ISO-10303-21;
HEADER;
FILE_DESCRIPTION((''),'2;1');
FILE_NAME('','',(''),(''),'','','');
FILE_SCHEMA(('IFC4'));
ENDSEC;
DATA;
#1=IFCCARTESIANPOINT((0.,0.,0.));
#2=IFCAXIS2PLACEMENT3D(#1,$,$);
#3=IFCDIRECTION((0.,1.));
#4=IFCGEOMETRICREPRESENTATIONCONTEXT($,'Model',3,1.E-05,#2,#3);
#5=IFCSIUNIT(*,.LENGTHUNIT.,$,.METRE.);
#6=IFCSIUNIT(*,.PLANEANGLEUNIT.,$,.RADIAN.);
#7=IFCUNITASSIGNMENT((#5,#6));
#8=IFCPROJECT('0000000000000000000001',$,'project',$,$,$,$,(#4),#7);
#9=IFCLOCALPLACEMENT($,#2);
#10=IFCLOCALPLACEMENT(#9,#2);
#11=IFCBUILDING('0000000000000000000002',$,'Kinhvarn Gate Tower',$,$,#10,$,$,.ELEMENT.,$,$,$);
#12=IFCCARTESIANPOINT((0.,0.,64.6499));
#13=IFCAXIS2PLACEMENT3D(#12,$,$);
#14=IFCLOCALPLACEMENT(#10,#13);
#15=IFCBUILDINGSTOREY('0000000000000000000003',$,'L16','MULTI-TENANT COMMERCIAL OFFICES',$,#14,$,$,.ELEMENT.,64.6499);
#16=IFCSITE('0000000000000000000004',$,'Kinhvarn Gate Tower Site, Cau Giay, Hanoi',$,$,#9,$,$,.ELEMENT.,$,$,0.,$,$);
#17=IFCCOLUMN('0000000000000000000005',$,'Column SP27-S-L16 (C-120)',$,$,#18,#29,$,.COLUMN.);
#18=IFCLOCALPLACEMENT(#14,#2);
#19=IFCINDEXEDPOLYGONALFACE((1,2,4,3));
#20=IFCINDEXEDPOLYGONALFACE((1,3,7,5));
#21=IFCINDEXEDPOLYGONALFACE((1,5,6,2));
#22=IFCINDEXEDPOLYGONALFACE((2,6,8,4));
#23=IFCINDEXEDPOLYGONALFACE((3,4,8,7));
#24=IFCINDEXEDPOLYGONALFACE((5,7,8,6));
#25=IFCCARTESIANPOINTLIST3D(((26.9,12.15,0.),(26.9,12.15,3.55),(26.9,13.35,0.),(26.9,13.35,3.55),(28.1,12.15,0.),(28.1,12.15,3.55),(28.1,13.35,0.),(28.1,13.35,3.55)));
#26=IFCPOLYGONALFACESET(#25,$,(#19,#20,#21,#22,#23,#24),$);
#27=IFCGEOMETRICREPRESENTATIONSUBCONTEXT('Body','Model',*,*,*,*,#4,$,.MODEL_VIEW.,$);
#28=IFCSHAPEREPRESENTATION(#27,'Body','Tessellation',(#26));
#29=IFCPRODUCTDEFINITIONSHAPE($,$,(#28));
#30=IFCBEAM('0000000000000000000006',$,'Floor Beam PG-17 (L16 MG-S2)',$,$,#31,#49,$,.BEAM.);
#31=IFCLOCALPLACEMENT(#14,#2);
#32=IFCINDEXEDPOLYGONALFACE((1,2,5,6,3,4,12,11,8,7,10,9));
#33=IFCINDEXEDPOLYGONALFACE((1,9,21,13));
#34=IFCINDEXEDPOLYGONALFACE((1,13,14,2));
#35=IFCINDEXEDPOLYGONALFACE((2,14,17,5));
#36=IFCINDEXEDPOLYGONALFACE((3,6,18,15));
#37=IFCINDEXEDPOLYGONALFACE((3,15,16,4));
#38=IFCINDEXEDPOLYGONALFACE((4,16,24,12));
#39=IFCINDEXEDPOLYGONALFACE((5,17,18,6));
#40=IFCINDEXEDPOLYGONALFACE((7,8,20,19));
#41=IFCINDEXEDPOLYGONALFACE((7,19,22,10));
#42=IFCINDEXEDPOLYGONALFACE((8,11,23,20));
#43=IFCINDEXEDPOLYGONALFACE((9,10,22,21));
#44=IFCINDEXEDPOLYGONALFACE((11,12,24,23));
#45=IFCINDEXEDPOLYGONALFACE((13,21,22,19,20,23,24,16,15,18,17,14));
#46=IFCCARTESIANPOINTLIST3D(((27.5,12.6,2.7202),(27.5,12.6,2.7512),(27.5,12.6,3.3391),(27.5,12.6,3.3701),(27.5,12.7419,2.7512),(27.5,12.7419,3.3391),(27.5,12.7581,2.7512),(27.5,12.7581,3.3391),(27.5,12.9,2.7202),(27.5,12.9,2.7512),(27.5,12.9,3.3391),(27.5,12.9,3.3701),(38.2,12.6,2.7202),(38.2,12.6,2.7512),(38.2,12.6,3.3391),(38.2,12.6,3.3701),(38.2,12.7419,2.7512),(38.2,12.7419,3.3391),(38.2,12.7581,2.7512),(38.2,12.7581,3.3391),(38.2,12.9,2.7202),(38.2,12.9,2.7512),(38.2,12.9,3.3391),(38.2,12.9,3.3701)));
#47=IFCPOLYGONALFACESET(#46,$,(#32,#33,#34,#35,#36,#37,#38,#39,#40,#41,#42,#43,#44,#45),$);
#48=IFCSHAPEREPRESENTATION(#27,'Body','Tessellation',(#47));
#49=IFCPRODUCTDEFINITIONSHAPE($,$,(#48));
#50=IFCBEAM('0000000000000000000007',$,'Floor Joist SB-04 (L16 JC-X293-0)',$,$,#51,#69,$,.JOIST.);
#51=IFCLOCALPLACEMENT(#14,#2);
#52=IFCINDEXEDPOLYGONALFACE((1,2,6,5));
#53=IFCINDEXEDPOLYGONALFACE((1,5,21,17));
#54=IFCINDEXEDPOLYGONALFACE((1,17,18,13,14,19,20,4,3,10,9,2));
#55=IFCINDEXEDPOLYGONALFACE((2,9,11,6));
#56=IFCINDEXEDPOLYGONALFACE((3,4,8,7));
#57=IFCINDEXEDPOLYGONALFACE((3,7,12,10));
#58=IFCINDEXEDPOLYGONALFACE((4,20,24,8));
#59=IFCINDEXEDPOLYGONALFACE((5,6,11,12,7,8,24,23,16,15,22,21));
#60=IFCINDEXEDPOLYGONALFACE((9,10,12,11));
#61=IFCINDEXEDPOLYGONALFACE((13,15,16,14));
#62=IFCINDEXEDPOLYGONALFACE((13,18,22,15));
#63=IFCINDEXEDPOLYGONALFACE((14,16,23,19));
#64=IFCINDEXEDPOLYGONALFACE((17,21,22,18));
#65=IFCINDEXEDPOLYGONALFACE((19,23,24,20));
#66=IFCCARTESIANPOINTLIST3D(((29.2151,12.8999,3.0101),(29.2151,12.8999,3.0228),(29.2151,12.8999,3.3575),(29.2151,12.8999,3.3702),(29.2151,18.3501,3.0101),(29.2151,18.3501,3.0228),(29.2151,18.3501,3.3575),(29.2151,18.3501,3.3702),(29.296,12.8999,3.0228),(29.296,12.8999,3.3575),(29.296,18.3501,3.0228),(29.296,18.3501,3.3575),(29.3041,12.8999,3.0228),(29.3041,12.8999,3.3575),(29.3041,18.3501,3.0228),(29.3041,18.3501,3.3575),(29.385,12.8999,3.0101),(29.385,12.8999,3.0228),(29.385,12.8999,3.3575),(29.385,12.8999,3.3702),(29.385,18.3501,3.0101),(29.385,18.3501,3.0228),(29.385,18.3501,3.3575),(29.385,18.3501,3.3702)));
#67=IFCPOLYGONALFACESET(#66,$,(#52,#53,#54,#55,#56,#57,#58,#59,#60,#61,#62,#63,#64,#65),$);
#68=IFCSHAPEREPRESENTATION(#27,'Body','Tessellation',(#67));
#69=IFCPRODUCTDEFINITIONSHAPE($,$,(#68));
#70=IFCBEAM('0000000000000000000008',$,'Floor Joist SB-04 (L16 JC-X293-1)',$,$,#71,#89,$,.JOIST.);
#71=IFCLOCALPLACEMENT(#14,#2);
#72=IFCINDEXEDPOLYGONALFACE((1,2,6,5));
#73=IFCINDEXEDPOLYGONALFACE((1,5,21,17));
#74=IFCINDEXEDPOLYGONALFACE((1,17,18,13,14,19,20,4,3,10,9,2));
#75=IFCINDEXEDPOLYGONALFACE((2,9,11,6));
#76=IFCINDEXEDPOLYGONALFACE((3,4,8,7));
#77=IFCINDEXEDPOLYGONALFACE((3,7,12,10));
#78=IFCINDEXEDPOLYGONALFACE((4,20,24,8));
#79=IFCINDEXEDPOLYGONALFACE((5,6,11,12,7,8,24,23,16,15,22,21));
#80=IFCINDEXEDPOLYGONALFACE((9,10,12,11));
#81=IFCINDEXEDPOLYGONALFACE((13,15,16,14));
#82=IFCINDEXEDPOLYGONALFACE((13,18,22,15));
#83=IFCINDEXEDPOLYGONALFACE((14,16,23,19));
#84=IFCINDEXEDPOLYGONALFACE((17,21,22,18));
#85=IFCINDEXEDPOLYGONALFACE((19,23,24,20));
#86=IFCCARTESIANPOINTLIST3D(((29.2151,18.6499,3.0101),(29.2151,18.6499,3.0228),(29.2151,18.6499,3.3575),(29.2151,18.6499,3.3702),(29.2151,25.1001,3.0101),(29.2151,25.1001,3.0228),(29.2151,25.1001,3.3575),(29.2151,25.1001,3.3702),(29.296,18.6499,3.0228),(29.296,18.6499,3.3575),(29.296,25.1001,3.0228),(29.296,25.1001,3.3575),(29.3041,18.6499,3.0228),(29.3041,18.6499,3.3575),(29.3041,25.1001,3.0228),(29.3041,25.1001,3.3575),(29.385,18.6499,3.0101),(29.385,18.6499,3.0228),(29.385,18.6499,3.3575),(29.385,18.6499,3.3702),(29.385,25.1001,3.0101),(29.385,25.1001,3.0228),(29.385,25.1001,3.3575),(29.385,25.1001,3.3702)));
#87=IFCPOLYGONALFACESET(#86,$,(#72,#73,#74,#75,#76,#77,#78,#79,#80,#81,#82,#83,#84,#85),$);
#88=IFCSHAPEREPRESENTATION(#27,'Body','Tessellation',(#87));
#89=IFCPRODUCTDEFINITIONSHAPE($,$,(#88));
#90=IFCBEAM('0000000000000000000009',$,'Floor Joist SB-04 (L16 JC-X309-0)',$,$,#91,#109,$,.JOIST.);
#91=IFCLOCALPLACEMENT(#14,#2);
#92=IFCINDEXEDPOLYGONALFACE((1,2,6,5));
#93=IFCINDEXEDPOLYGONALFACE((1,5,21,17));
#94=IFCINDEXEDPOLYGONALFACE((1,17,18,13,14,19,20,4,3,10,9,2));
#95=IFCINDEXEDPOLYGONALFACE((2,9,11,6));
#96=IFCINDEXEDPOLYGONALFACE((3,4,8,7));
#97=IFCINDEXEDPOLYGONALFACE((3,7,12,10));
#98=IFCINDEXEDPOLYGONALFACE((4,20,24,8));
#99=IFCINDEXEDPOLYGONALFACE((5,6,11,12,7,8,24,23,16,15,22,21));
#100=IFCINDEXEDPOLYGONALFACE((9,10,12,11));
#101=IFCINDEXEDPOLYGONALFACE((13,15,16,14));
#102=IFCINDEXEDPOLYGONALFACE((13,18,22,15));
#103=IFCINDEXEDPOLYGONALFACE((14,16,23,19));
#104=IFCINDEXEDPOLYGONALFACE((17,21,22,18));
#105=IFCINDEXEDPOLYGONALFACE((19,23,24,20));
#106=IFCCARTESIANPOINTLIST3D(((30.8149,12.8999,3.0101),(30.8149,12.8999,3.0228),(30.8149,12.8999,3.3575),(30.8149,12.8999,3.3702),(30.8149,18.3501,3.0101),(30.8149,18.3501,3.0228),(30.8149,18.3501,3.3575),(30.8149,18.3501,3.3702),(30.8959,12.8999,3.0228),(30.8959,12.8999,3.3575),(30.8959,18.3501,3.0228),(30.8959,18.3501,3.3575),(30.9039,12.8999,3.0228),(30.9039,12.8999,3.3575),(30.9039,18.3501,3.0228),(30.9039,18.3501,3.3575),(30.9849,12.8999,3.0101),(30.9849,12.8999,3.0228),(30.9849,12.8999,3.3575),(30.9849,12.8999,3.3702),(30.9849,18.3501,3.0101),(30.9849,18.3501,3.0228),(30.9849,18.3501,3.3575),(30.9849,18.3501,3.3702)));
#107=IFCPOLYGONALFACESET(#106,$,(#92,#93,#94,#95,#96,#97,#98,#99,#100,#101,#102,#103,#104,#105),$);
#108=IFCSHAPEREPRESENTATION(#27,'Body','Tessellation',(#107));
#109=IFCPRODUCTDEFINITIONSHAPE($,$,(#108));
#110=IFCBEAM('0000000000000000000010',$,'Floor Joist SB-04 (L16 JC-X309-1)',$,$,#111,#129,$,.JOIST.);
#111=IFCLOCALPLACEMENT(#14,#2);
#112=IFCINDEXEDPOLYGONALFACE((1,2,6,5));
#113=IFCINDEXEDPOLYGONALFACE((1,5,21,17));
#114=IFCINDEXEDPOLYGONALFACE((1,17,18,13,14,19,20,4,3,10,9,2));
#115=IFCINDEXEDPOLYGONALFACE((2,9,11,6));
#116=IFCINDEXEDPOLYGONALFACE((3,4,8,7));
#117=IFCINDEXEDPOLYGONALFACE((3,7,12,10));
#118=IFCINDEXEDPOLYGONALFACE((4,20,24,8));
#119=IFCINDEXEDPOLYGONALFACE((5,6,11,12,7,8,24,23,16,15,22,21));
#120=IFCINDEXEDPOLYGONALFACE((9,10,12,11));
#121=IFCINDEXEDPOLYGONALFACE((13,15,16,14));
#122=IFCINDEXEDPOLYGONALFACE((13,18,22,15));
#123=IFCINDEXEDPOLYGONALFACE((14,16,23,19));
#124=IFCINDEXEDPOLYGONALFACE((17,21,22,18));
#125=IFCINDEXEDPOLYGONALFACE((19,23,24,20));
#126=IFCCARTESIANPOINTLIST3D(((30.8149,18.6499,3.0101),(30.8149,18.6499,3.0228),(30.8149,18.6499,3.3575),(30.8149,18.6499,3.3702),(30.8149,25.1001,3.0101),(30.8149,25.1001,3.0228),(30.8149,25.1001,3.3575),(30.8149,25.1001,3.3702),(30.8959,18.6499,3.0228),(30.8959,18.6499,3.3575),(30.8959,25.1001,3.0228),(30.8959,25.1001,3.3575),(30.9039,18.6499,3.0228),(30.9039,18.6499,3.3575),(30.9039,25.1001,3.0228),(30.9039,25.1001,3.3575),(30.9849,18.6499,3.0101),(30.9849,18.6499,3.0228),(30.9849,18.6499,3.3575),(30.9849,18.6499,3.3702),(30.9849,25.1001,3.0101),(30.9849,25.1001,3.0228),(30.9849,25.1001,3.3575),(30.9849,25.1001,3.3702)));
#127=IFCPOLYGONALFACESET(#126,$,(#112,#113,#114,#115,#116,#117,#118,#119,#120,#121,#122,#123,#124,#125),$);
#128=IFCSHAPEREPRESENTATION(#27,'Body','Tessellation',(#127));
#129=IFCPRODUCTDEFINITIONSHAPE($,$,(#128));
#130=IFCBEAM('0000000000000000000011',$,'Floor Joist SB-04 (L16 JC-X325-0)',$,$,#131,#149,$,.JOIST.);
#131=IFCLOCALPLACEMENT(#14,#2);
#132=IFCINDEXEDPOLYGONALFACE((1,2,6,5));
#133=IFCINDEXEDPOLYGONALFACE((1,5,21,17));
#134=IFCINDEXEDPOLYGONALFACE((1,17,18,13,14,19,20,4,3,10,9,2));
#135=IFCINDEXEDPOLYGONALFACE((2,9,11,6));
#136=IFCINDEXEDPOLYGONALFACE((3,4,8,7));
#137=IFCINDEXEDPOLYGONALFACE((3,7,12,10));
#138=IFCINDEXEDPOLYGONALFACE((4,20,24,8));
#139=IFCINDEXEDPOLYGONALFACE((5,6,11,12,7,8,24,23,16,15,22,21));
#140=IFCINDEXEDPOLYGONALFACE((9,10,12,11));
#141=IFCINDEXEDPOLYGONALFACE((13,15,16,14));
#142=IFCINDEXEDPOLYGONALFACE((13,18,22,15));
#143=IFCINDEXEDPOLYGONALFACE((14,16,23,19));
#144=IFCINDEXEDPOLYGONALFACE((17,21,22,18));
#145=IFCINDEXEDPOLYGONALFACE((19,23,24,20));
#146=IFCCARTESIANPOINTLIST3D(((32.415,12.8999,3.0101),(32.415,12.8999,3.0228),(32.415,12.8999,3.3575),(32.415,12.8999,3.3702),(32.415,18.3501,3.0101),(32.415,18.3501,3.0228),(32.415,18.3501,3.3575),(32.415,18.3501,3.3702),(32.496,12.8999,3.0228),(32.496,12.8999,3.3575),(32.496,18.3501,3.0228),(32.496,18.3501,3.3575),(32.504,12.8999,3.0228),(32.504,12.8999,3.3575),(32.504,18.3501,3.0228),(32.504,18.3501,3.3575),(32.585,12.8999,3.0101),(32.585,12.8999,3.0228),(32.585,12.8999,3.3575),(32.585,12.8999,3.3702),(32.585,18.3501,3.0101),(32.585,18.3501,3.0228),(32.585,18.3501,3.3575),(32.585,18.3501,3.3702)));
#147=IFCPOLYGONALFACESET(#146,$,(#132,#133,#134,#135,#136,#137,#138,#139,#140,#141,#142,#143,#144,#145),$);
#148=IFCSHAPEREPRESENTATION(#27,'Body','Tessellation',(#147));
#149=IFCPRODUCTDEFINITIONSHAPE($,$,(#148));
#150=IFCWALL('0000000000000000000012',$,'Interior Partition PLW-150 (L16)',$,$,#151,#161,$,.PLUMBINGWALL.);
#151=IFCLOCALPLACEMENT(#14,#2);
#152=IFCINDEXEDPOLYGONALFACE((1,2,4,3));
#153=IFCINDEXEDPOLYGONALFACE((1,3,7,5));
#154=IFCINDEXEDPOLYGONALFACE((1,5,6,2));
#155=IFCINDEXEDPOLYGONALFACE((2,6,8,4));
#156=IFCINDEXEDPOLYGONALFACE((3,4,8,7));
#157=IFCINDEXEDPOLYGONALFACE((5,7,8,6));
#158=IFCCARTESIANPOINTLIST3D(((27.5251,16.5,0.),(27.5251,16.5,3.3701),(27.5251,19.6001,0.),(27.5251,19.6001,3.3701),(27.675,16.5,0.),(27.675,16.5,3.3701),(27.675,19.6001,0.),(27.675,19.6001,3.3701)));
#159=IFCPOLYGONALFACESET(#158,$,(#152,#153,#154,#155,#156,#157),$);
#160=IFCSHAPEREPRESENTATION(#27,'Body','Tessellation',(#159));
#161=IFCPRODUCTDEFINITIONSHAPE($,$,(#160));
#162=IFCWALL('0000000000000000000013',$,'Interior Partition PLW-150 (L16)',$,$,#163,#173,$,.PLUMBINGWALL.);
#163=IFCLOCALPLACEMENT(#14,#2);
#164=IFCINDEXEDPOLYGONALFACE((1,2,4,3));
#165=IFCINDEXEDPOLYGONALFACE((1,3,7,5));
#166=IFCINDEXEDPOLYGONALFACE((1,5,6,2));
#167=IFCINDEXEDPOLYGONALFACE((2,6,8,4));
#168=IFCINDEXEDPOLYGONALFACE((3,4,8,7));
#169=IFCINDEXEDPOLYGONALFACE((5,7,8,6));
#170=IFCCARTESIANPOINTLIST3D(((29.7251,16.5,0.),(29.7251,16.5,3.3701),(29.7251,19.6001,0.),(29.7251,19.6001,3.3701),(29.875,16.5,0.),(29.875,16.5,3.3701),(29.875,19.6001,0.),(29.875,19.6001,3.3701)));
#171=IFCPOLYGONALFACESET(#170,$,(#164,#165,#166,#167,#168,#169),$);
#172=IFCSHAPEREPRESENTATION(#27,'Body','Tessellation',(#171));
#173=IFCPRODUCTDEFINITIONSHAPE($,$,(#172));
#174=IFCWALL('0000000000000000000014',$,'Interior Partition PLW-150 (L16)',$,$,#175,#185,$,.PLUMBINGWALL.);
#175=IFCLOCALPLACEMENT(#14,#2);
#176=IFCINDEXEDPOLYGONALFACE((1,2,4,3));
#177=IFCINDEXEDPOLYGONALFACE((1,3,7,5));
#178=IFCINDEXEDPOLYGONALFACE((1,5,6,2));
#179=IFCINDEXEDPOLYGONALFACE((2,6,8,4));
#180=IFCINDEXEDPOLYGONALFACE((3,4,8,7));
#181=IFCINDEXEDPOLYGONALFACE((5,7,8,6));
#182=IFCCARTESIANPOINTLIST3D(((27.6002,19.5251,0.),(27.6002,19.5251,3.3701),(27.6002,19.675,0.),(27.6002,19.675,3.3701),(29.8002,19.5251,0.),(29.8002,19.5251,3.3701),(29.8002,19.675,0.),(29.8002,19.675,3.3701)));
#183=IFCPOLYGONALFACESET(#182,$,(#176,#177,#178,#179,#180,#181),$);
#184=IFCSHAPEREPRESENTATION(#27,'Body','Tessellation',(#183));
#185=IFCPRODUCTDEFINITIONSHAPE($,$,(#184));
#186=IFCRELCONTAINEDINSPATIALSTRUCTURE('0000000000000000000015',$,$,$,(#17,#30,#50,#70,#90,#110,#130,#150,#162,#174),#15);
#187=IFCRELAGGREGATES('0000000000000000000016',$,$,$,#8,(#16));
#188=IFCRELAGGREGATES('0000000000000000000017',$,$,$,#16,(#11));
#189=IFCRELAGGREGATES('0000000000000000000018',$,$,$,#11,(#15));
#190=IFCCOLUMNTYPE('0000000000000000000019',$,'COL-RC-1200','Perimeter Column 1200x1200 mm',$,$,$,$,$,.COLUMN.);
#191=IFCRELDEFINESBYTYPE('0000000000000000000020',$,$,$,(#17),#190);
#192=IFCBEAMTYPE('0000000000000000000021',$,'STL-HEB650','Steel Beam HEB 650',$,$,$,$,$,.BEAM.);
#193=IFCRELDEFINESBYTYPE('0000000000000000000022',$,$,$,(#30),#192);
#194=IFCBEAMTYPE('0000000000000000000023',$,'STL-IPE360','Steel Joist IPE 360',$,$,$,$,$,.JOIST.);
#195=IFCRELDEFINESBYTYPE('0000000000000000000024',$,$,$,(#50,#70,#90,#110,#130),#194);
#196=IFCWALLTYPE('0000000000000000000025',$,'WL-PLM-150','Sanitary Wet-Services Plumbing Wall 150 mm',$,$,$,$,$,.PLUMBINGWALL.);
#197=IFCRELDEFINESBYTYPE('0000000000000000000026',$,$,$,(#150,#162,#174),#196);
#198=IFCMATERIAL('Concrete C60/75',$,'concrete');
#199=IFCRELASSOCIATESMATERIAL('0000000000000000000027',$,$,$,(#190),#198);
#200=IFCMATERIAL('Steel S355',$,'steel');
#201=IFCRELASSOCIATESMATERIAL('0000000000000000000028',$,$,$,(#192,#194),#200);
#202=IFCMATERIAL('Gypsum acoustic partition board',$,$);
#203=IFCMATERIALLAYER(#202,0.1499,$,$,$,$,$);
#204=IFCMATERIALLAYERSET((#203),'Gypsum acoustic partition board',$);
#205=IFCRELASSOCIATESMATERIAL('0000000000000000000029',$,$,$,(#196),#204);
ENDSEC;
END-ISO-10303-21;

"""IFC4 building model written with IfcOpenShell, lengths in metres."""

from ifc_helpers import new_model, si_unit, direction, frame, frame_2d, origin, origin_2d, place, context, subcontext, project, spatial, rectangle, i_section, extrude, material, layer, layer_set, material_profile, profile_set, type_object, element, save


model = new_model("IFC4")

# Units and contexts
model_context = context("Model", 3, precision=1e-05, world=origin(), true_north=direction((0.0, 1.0)))
body_context = subcontext(model_context, "Body", "Model", "MODEL_VIEW")
ifc_project = project(units=[si_unit("LENGTHUNIT", "METRE"), si_unit("PLANEANGLEUNIT", "RADIAN")], contexts=[model_context])

# Site, building, storey
site_placement = place(None, origin())
site = spatial("IfcSite", under=ifc_project, at=site_placement, Name="Kinhvarn Gate Tower Site, Cau Giay, Hanoi", CompositionType="ELEMENT", RefElevation=0.0)
building_placement = place(site_placement, origin())
building = spatial("IfcBuilding", under=site, at=building_placement, Name="Kinhvarn Gate Tower", CompositionType="ELEMENT")
storey_placement = place(building_placement, frame((0.0, 0.0, 64.6499)))
storey = spatial("IfcBuildingStorey", under=building, at=storey_placement, Name="L16", Description="MULTI-TENANT COMMERCIAL OFFICES", CompositionType="ELEMENT", Elevation=64.6499)

# Column
ifc_material_1 = material(Name="Concrete C60/75", Category="concrete")
ifc_material_profile_1 = material_profile(ifc_material_1, rectangle(XDim=1.2, YDim=1.2, at=origin_2d()), Name="RC 1200x1200")
ifc_profile_set_1 = profile_set([ifc_material_profile_1], Name="Concrete C60/75")
column_type = type_object("IfcColumnType", Name="COL-RC-1200", Description="Perimeter Column 1200x1200 mm", PredefinedType="COLUMN", material=ifc_profile_set_1)
column_placement = place(storey_placement, frame((27.5, 12.75, 0.0), z_axis=(0.0, 0.0, 1.0), x_axis=(1.0, 0.0, 0.0)))
element("IfcColumn", 1, at=column_placement, inside=storey, type_object=column_type, Name="Column SP27-S-L16 (C-120)", PredefinedType="COLUMN", context=body_context, shape_type="SweptSolid", body=[
    extrude(rectangle(XDim=1.2, YDim=1.2, at=origin_2d()), origin(), (0.0, 0.0, 1.0), 3.55),
])

# Beams
ifc_material_2 = material(Name="Steel S355", Category="steel")
ifc_material_profile_2 = material_profile(ifc_material_2, i_section(OverallWidth=0.3, OverallDepth=0.6499, WebThickness=0.0161, FlangeThickness=0.031, at=origin_2d()), Name="HEB 650")
ifc_profile_set_2 = profile_set([ifc_material_profile_2], Name="Steel S355")
beam_type_1 = type_object("IfcBeamType", Name="STL-HEB650", Description="Steel Beam HEB 650", PredefinedType="BEAM", material=ifc_profile_set_2)
beam_1_placement = place(storey_placement, frame((27.5, 12.75, 3.0452), z_axis=(1.0, 0.0, 0.0), x_axis=(0.0, 1.0, 0.0)))
element("IfcBeam", 2, at=beam_1_placement, inside=storey, type_object=beam_type_1, Name="Floor Beam PG-17 (L16 MG-S2)", PredefinedType="BEAM", context=body_context, shape_type="SweptSolid", body=[
    extrude(i_section(OverallWidth=0.3, OverallDepth=0.6499, WebThickness=0.0161, FlangeThickness=0.031, at=origin_2d()), origin(), (0.0, 0.0, 1.0), 10.7),
])
ifc_material_profile_3 = material_profile(ifc_material_2, i_section(OverallWidth=0.1699, OverallDepth=0.3601, WebThickness=0.0081, FlangeThickness=0.0127, at=origin_2d()), Name="IPE 360")
ifc_profile_set_3 = profile_set([ifc_material_profile_3], Name="Steel S355")
beam_type_2 = type_object("IfcBeamType", Name="STL-IPE360", Description="Steel Joist IPE 360", PredefinedType="JOIST", material=ifc_profile_set_3)
beam_2_placement = place(storey_placement, frame((29.3, 12.8999, 3.1902), z_axis=(0.0, 1.0, 0.0), x_axis=(-1.0, 0.0, 0.0)))
element("IfcBeam", 3, at=beam_2_placement, inside=storey, type_object=beam_type_2, Name="Floor Joist SB-04 (L16 JC-X293-0)", PredefinedType="JOIST", context=body_context, shape_type="SweptSolid", body=[
    extrude(i_section(OverallWidth=0.1699, OverallDepth=0.3601, WebThickness=0.0081, FlangeThickness=0.0127, at=origin_2d()), origin(), (0.0, 0.0, 1.0), 5.4502),
])
beam_3_placement = place(storey_placement, frame((29.3, 18.6499, 3.1902), z_axis=(0.0, 1.0, 0.0), x_axis=(-1.0, 0.0, 0.0)))
element("IfcBeam", 4, at=beam_3_placement, inside=storey, type_object=beam_type_2, Name="Floor Joist SB-04 (L16 JC-X293-1)", PredefinedType="JOIST", context=body_context, shape_type="SweptSolid", body=[
    extrude(i_section(OverallWidth=0.1699, OverallDepth=0.3601, WebThickness=0.0081, FlangeThickness=0.0127, at=origin_2d()), origin(), (0.0, 0.0, 1.0), 6.4502),
])
beam_4_placement = place(storey_placement, frame((30.8999, 12.8999, 3.1902), z_axis=(0.0, 1.0, 0.0), x_axis=(-1.0, 0.0, 0.0)))
element("IfcBeam", 5, at=beam_4_placement, inside=storey, type_object=beam_type_2, Name="Floor Joist SB-04 (L16 JC-X309-0)", PredefinedType="JOIST", context=body_context, shape_type="SweptSolid", body=[
    extrude(i_section(OverallWidth=0.1699, OverallDepth=0.3601, WebThickness=0.0081, FlangeThickness=0.0127, at=origin_2d()), origin(), (0.0, 0.0, 1.0), 5.4502),
])
beam_5_placement = place(storey_placement, frame((30.8999, 18.6499, 3.1902), z_axis=(0.0, 1.0, 0.0), x_axis=(-1.0, 0.0, 0.0)))
element("IfcBeam", 6, at=beam_5_placement, inside=storey, type_object=beam_type_2, Name="Floor Joist SB-04 (L16 JC-X309-1)", PredefinedType="JOIST", context=body_context, shape_type="SweptSolid", body=[
    extrude(i_section(OverallWidth=0.1699, OverallDepth=0.3601, WebThickness=0.0081, FlangeThickness=0.0127, at=origin_2d()), origin(), (0.0, 0.0, 1.0), 6.4502),
])
beam_6_placement = place(storey_placement, frame((32.5, 12.8999, 3.1902), z_axis=(0.0, 1.0, 0.0), x_axis=(-1.0, 0.0, 0.0)))
element("IfcBeam", 7, at=beam_6_placement, inside=storey, type_object=beam_type_2, Name="Floor Joist SB-04 (L16 JC-X325-0)", PredefinedType="JOIST", context=body_context, shape_type="SweptSolid", body=[
    extrude(i_section(OverallWidth=0.1699, OverallDepth=0.3601, WebThickness=0.0081, FlangeThickness=0.0127, at=origin_2d()), origin(), (0.0, 0.0, 1.0), 5.4502),
])

# Walls
ifc_material_3 = material(Name="Gypsum acoustic partition board")
ifc_layer_1 = layer(ifc_material_3, 0.1499)
ifc_layer_set_1 = layer_set([ifc_layer_1], Name="Gypsum acoustic partition board")
wall_type_1 = type_object("IfcWallType", Name="WL-PLM-150", Description="Sanitary Wet-Services Plumbing Wall 150 mm", PredefinedType="PLUMBINGWALL", material=ifc_layer_set_1)
for number, where, z_axis, x_axis, name in (
    (8, (27.6001, 16.5, 0.0), (0.0, 0.0, 1.0), (0.0, 1.0, 0.0), "Interior Partition PLW-150 (L16)"),
    (9, (29.8, 16.5, 0.0), (0.0, 0.0, 1.0), (0.0, 1.0, 0.0), "Interior Partition PLW-150 (L16)"),
):
    element("IfcWall", number, at=place(storey_placement, frame(where, z_axis=z_axis, x_axis=x_axis)), inside=storey, type_object=wall_type_1, Name=name, PredefinedType="PLUMBINGWALL", context=body_context, shape_type="SweptSolid", body=[
        extrude(rectangle(XDim=3.1001, YDim=0.1499, at=frame_2d((1.55, 0.0))), origin(), (0.0, 0.0, 1.0), 3.3701),
    ])
wall_1_placement = place(storey_placement, frame((27.6001, 19.6001, 0.0), z_axis=(0.0, 0.0, 1.0), x_axis=(1.0, 0.0, 0.0)))
element("IfcWall", 10, at=wall_1_placement, inside=storey, type_object=wall_type_1, Name="Interior Partition PLW-150 (L16)", PredefinedType="PLUMBINGWALL", context=body_context, shape_type="SweptSolid", body=[
    extrude(rectangle(XDim=2.2, YDim=0.1499, at=frame_2d((1.1001, 0.0))), origin(), (0.0, 0.0, 1.0), 3.3701),
])

save(model, "model.ifc")
